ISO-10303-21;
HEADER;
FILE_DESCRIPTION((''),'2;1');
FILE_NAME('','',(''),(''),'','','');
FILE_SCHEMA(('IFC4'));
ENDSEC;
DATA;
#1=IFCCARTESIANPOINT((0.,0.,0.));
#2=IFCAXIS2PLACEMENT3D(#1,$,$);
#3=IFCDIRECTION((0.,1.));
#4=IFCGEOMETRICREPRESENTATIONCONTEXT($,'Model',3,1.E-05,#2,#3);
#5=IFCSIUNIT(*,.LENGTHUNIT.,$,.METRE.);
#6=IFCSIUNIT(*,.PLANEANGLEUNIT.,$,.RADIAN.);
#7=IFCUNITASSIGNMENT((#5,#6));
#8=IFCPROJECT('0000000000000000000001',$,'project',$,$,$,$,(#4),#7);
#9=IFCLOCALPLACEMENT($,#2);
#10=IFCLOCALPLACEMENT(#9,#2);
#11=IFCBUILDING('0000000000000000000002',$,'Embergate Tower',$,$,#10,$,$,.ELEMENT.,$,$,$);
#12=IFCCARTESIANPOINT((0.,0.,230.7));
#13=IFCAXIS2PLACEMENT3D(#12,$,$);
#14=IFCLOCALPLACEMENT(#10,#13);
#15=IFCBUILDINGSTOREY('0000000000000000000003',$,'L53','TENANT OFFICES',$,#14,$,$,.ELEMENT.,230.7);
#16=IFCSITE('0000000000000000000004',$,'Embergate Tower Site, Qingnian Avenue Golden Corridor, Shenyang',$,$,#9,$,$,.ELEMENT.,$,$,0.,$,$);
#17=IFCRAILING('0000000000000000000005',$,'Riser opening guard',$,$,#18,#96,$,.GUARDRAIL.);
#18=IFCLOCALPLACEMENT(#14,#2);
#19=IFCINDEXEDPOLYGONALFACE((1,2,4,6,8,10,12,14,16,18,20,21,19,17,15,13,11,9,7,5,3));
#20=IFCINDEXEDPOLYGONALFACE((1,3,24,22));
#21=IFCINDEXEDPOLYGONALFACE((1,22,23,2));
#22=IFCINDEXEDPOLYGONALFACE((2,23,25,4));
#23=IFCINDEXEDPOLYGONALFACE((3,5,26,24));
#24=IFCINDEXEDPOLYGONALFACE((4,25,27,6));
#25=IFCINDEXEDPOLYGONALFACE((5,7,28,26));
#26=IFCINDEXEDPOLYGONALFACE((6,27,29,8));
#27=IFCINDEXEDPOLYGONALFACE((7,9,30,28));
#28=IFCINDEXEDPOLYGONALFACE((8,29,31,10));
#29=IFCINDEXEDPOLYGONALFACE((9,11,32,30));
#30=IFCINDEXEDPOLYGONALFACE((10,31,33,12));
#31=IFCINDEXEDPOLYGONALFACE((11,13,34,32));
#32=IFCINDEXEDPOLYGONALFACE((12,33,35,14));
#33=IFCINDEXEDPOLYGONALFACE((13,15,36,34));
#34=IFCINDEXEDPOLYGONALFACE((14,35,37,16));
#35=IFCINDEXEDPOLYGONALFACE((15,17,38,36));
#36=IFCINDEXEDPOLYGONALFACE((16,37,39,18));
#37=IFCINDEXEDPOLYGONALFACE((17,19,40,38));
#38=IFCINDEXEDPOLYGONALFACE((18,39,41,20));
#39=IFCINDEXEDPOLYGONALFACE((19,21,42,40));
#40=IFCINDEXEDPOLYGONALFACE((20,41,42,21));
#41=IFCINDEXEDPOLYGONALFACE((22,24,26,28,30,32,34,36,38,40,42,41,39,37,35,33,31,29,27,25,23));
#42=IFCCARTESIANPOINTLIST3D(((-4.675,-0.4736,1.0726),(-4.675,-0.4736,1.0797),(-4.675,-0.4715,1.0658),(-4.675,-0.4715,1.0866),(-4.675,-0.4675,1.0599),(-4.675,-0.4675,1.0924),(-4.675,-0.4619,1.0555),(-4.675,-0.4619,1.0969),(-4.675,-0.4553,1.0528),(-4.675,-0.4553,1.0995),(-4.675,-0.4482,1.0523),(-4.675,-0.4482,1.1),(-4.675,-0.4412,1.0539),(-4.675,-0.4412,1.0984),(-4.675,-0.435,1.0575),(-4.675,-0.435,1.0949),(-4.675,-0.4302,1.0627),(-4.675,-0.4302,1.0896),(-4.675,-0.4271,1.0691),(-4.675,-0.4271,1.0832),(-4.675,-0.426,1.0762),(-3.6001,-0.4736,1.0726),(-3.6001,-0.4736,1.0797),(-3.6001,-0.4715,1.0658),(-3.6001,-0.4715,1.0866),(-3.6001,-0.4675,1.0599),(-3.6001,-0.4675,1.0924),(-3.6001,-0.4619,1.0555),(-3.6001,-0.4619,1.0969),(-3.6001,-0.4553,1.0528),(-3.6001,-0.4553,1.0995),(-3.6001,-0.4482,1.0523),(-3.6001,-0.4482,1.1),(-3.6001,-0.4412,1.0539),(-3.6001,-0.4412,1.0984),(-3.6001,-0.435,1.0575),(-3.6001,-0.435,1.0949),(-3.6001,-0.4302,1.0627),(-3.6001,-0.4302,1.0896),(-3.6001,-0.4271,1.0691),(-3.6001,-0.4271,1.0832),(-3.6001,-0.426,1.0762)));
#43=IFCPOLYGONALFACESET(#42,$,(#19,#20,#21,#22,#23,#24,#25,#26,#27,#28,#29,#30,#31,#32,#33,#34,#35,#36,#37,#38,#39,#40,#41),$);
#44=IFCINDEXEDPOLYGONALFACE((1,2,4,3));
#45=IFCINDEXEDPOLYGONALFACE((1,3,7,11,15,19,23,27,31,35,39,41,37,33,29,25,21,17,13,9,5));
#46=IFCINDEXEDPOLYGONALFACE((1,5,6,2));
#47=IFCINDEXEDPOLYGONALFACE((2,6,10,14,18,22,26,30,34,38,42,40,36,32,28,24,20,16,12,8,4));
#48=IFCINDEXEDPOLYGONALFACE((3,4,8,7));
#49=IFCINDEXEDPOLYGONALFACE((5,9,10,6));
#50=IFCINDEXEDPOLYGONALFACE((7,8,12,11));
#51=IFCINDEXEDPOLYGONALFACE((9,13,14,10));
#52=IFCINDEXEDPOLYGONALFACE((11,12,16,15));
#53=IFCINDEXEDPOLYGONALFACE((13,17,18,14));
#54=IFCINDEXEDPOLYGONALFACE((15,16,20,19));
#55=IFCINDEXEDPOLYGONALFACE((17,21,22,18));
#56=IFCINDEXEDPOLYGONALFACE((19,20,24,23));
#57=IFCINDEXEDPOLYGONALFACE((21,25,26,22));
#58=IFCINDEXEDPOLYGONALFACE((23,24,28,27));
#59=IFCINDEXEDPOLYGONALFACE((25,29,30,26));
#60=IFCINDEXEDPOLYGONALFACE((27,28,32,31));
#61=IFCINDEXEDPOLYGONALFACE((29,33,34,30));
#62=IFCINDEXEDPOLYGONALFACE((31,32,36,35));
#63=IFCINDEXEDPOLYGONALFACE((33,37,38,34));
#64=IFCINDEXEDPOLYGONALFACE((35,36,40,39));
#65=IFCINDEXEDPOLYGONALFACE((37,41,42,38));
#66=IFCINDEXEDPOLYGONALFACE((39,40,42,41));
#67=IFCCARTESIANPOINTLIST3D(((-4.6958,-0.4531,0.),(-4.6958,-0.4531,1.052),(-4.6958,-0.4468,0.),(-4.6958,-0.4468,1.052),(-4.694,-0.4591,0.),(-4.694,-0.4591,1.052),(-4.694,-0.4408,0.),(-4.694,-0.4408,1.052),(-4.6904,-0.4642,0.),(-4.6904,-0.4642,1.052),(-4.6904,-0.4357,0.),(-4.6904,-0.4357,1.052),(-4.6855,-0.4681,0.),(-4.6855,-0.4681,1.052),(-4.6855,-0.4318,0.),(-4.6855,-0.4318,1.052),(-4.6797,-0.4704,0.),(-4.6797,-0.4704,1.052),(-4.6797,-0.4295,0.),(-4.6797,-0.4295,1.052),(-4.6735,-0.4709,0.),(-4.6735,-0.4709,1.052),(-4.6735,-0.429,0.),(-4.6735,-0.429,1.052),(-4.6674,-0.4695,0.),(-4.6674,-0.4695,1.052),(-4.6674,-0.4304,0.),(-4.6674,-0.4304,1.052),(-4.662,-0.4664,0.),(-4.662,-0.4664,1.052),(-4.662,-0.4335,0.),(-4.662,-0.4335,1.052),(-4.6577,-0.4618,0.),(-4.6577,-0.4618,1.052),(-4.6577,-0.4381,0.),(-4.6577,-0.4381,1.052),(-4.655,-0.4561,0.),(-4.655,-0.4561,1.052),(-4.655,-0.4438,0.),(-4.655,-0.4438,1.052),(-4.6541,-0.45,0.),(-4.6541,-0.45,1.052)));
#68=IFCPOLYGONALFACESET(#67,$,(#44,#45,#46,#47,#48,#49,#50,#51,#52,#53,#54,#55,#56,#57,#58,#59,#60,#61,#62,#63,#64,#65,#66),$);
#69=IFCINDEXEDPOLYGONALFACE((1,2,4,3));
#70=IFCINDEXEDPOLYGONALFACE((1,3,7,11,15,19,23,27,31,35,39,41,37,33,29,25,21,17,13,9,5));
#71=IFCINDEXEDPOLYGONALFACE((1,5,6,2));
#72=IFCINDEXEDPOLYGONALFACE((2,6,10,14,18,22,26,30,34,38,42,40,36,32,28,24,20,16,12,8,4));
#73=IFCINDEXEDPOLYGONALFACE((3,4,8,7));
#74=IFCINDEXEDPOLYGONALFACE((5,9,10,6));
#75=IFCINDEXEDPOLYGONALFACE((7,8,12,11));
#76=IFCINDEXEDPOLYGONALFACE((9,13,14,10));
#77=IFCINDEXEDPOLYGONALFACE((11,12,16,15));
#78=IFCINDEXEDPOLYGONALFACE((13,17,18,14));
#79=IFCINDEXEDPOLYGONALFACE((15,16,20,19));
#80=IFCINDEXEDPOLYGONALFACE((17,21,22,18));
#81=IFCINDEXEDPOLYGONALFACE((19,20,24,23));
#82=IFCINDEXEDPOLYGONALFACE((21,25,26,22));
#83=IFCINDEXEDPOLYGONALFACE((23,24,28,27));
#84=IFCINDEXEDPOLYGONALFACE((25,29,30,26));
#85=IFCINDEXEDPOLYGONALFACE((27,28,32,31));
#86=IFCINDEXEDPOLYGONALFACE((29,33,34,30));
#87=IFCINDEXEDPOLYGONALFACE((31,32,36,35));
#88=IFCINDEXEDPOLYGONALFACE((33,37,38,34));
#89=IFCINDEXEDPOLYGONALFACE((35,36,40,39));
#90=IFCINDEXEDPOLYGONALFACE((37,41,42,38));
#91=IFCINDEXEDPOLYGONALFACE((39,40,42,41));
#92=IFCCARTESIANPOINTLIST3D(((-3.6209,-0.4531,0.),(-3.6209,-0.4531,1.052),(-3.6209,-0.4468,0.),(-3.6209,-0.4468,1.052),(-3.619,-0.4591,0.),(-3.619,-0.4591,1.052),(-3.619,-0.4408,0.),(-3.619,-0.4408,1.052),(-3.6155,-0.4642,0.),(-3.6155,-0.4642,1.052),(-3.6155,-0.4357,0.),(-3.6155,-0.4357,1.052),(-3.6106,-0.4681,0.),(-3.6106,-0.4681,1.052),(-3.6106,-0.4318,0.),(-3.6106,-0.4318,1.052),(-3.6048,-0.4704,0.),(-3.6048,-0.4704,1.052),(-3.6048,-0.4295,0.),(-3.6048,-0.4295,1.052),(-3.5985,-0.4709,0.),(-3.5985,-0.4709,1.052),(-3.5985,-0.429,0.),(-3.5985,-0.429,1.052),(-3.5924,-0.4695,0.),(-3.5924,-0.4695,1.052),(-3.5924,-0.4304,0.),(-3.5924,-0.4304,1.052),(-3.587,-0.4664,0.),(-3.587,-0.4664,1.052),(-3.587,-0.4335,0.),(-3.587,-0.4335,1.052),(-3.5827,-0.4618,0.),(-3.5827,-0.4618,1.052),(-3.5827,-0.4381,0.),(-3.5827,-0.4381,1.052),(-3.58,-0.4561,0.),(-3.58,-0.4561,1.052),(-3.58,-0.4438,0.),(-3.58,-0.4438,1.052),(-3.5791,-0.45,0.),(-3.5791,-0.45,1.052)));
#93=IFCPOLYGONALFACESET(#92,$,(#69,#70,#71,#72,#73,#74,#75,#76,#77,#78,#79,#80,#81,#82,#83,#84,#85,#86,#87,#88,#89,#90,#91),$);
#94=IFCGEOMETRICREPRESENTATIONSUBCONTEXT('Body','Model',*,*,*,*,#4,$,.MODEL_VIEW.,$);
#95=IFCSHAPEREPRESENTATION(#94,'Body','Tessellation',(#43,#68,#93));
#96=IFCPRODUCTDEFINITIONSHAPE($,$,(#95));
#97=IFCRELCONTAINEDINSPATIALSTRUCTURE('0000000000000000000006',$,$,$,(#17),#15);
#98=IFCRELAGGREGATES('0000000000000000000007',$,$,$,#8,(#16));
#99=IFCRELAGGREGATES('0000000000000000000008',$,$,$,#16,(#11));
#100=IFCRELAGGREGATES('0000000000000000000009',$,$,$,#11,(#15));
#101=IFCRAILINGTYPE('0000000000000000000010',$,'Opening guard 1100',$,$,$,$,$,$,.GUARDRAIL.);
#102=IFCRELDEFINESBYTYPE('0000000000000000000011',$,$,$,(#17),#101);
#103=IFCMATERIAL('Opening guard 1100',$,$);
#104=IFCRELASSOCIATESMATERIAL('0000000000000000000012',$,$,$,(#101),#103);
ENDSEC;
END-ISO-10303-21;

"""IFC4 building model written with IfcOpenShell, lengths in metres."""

from ifc_helpers import new_model, si_unit, direction, frame, origin, origin_2d, place, context, subcontext, project, spatial, circle, extrude, source, transform, mapped, material, type_object, element, save


model = new_model("IFC4")

# Units and contexts
model_context = context("Model", 3, precision=1e-05, world=origin(), true_north=direction((0.0, 1.0)))
body_context = subcontext(model_context, "Body", "Model", "MODEL_VIEW")
ifc_project = project(units=[si_unit("LENGTHUNIT", "METRE"), si_unit("PLANEANGLEUNIT", "RADIAN")], contexts=[model_context])

# Site, building, storey
site_placement = place(None, origin())
site = spatial("IfcSite", under=ifc_project, at=site_placement, Name="Embergate Tower Site, Qingnian Avenue Golden Corridor, Shenyang", CompositionType="ELEMENT", RefElevation=0.0)
building_placement = place(site_placement, origin())
building = spatial("IfcBuilding", under=site, at=building_placement, Name="Embergate Tower", CompositionType="ELEMENT")
storey_placement = place(building_placement, frame((0.0, 0.0, 230.7)))
storey = spatial("IfcBuildingStorey", under=building, at=storey_placement, Name="L53", Description="TENANT OFFICES", CompositionType="ELEMENT", Elevation=230.7)

# Railing
ifc_material_1 = material(Name="Opening guard 1100")
railing_type_1 = type_object("IfcRailingType", Name="Opening guard 1100", PredefinedType="GUARDRAIL", material=ifc_material_1)
shared_shape_1 = source(origin(), body_context, "Body", "SweptSolid", [
    extrude(circle(Radius=0.0239, at=origin_2d()), frame((0.0, 0.0, 1.0762), z_axis=(1.0, 0.0, 0.0), x_axis=(0.0, 1.0, 0.0)), (0.0, 0.0, 1.0), 1.075),
    extrude(circle(Radius=0.021, at=origin_2d()), origin(), (0.0, 0.0, 1.0), 1.052),
    extrude(circle(Radius=0.021, at=origin_2d()), frame((1.075, 0.0, 0.0)), (0.0, 0.0, 1.0), 1.052),
])
railing_1_placement = place(storey_placement, frame((-4.675, -0.45, 0.0)))
element("IfcRailing", 1, at=railing_1_placement, inside=storey, type_object=railing_type_1, Name="Riser opening guard", PredefinedType="GUARDRAIL", context=body_context, shape_type="MappedRepresentation", body=[
    mapped(shared_shape_1, transform((0.0, 0.0, 0.0))),
])

save(model, "model.ifc")
